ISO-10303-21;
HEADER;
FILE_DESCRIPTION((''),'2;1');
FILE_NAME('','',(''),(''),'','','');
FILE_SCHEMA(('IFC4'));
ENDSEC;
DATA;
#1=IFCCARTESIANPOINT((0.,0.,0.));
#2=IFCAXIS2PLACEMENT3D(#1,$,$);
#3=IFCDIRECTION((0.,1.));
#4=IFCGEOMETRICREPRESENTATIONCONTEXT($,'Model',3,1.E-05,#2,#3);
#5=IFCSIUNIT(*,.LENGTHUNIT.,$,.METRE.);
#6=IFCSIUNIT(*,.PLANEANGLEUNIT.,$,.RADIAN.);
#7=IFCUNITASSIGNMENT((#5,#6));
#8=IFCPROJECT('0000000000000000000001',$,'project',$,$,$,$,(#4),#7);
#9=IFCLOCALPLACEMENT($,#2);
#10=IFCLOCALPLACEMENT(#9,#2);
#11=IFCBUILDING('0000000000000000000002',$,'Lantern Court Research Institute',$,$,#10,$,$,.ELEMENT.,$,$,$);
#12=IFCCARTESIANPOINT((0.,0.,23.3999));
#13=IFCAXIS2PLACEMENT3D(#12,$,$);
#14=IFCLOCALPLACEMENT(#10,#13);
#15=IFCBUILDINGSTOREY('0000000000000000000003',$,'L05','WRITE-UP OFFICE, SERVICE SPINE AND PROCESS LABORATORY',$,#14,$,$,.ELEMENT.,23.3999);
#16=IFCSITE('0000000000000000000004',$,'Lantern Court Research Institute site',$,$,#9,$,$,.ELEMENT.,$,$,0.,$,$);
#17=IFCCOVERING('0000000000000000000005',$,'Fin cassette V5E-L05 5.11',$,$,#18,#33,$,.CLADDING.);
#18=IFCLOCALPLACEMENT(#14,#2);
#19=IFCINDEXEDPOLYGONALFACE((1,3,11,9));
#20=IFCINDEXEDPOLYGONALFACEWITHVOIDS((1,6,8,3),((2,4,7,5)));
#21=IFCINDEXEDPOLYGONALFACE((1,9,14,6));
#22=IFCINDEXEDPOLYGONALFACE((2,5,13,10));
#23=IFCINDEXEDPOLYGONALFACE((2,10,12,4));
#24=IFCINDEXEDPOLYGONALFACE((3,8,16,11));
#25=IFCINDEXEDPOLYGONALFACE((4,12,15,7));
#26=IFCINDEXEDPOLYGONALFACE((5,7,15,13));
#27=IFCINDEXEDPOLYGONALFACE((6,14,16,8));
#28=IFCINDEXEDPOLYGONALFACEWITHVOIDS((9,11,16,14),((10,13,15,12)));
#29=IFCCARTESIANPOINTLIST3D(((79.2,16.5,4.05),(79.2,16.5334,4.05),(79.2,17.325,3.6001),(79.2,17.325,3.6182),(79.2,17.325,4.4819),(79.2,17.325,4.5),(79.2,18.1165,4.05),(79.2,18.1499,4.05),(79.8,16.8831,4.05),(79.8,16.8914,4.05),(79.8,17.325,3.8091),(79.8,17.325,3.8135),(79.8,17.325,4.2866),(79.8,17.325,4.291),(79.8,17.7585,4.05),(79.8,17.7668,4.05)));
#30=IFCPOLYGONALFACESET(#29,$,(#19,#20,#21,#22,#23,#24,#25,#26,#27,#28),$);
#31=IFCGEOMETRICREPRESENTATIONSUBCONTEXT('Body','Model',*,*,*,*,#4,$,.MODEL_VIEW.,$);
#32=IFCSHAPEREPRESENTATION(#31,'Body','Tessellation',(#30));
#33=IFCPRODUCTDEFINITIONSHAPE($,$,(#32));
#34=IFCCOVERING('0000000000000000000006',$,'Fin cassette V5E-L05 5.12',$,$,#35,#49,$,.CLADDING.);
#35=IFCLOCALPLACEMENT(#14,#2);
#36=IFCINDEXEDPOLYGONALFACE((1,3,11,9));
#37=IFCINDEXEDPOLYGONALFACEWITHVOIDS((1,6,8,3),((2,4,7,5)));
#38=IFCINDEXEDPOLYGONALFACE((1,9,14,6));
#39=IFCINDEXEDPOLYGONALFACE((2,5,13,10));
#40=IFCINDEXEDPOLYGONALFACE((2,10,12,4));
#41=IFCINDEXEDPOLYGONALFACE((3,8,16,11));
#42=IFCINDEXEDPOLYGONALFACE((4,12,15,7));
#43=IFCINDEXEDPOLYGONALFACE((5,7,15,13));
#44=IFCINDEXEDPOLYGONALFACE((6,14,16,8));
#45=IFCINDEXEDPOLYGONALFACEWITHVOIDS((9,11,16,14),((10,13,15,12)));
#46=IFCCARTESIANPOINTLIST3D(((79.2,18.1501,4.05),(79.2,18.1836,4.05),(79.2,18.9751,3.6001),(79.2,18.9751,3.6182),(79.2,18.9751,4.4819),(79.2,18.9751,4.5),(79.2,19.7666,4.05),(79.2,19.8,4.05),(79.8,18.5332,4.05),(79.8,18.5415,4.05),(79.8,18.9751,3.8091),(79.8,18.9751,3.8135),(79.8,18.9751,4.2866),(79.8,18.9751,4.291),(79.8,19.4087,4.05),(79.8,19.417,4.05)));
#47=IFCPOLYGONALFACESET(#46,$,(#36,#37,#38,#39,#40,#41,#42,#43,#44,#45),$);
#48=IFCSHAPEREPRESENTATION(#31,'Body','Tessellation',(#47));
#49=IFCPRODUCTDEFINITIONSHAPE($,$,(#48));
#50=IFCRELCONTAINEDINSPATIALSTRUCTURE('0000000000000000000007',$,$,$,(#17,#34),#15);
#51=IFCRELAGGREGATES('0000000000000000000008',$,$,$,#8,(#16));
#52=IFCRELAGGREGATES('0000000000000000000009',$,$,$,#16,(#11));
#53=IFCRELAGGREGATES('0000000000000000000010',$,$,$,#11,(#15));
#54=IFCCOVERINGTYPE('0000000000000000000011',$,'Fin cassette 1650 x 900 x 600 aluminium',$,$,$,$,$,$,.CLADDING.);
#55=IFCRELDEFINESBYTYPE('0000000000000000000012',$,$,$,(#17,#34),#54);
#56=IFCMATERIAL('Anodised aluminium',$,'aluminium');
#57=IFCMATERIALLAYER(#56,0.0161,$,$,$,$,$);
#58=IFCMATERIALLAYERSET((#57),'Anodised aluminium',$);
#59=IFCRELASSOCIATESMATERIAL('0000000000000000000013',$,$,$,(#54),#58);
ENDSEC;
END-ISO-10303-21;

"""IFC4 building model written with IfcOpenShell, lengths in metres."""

from ifc_helpers import new_model, entity, si_unit, direction, frame, origin, place, context, subcontext, project, spatial, material, layer, layer_set, type_object, element, save


model = new_model("IFC4")

# Units and contexts
model_context = context("Model", 3, precision=1e-05, world=origin(), true_north=direction((0.0, 1.0)))
body_context = subcontext(model_context, "Body", "Model", "MODEL_VIEW")
ifc_project = project(units=[si_unit("LENGTHUNIT", "METRE"), si_unit("PLANEANGLEUNIT", "RADIAN")], contexts=[model_context])

# Site, building, storey
site_placement = place(None, origin())
site = spatial("IfcSite", under=ifc_project, at=site_placement, Name="Lantern Court Research Institute site", CompositionType="ELEMENT", RefElevation=0.0)
building_placement = place(site_placement, origin())
building = spatial("IfcBuilding", under=site, at=building_placement, Name="Lantern Court Research Institute", CompositionType="ELEMENT")
storey_placement = place(building_placement, frame((0.0, 0.0, 23.3999)))
storey = spatial("IfcBuildingStorey", under=building, at=storey_placement, Name="L05", Description="WRITE-UP OFFICE, SERVICE SPINE AND PROCESS LABORATORY", CompositionType="ELEMENT", Elevation=23.3999)

# Coverings
ifc_material_1 = material(Name="Anodised aluminium", Category="aluminium")
ifc_layer_1 = layer(ifc_material_1, 0.0161)
ifc_layer_set_1 = layer_set([ifc_layer_1], Name="Anodised aluminium")
covering_type = type_object("IfcCoveringType", Name="Fin cassette 1650 x 900 x 600 aluminium", PredefinedType="CLADDING", material=ifc_layer_set_1)
covering_1_placement = place(storey_placement, frame((79.2, 17.325, 4.05), z_axis=(1.0, 0.0, 0.0), x_axis=(0.0, 1.0, 0.0)))
cartesian_point_1 = entity("IfcCartesianPoint", [0.825, 0.0])
cartesian_point_2 = entity("IfcCartesianPoint", [0.7915, 0.0])
cartesian_point_3 = entity("IfcCartesianPoint", [0.4419, 0.0])
cartesian_point_4 = entity("IfcCartesianPoint", [0.4336, 0.0])
element("IfcCovering", 1, at=covering_1_placement, inside=storey, type_object=covering_type, Name="Fin cassette V5E-L05 5.11", PredefinedType="CLADDING", context=body_context, shape_type="SweptSolid", body=[
    entity("IfcExtrudedAreaSolidTapered", entity("IfcArbitraryProfileDefWithVoids", "AREA", None, entity("IfcPolyline", [cartesian_point_1, entity("IfcCartesianPoint", [0.0, 0.45]), entity("IfcCartesianPoint", [-0.825, 0.0]), entity("IfcCartesianPoint", [0.0, -0.45]), cartesian_point_1]), [entity("IfcPolyline", [cartesian_point_2, entity("IfcCartesianPoint", [0.0, 0.4319]), entity("IfcCartesianPoint", [-0.7915, 0.0]), entity("IfcCartesianPoint", [0.0, -0.4319]), cartesian_point_2])]), entity("IfcAxis2Placement3D", entity("IfcCartesianPoint", [0.0, 0.0, 0.0])), entity("IfcDirection", [0.0, 0.0, 1.0]), 0.6001, entity("IfcArbitraryProfileDefWithVoids", "AREA", None, entity("IfcPolyline", [cartesian_point_3, entity("IfcCartesianPoint", [0.0, 0.241]), entity("IfcCartesianPoint", [-0.4419, 0.0]), entity("IfcCartesianPoint", [0.0, -0.241]), cartesian_point_3]), [entity("IfcPolyline", [cartesian_point_4, entity("IfcCartesianPoint", [0.0, 0.2366]), entity("IfcCartesianPoint", [-0.4336, 0.0]), entity("IfcCartesianPoint", [0.0, -0.2366]), cartesian_point_4])])),
])
covering_2_placement = place(storey_placement, frame((79.2, 18.9751, 4.05), z_axis=(1.0, 0.0, 0.0), x_axis=(0.0, 1.0, 0.0)))
cartesian_point_5 = entity("IfcCartesianPoint", [0.825, 0.0])
cartesian_point_6 = entity("IfcCartesianPoint", [0.7915, 0.0])
cartesian_point_7 = entity("IfcCartesianPoint", [0.4419, 0.0])
cartesian_point_8 = entity("IfcCartesianPoint", [0.4336, 0.0])
element("IfcCovering", 2, at=covering_2_placement, inside=storey, type_object=covering_type, Name="Fin cassette V5E-L05 5.12", PredefinedType="CLADDING", context=body_context, shape_type="SweptSolid", body=[
    entity("IfcExtrudedAreaSolidTapered", entity("IfcArbitraryProfileDefWithVoids", "AREA", None, entity("IfcPolyline", [cartesian_point_5, entity("IfcCartesianPoint", [0.0, 0.45]), entity("IfcCartesianPoint", [-0.825, 0.0]), entity("IfcCartesianPoint", [0.0, -0.45]), cartesian_point_5]), [entity("IfcPolyline", [cartesian_point_6, entity("IfcCartesianPoint", [0.0, 0.4319]), entity("IfcCartesianPoint", [-0.7915, 0.0]), entity("IfcCartesianPoint", [0.0, -0.4319]), cartesian_point_6])]), entity("IfcAxis2Placement3D", entity("IfcCartesianPoint", [0.0, 0.0, 0.0])), entity("IfcDirection", [0.0, 0.0, 1.0]), 0.6001, entity("IfcArbitraryProfileDefWithVoids", "AREA", None, entity("IfcPolyline", [cartesian_point_7, entity("IfcCartesianPoint", [0.0, 0.241]), entity("IfcCartesianPoint", [-0.4419, 0.0]), entity("IfcCartesianPoint", [0.0, -0.241]), cartesian_point_7]), [entity("IfcPolyline", [cartesian_point_8, entity("IfcCartesianPoint", [0.0, 0.2366]), entity("IfcCartesianPoint", [-0.4336, 0.0]), entity("IfcCartesianPoint", [0.0, -0.2366]), cartesian_point_8])])),
])

save(model, "model.ifc")
